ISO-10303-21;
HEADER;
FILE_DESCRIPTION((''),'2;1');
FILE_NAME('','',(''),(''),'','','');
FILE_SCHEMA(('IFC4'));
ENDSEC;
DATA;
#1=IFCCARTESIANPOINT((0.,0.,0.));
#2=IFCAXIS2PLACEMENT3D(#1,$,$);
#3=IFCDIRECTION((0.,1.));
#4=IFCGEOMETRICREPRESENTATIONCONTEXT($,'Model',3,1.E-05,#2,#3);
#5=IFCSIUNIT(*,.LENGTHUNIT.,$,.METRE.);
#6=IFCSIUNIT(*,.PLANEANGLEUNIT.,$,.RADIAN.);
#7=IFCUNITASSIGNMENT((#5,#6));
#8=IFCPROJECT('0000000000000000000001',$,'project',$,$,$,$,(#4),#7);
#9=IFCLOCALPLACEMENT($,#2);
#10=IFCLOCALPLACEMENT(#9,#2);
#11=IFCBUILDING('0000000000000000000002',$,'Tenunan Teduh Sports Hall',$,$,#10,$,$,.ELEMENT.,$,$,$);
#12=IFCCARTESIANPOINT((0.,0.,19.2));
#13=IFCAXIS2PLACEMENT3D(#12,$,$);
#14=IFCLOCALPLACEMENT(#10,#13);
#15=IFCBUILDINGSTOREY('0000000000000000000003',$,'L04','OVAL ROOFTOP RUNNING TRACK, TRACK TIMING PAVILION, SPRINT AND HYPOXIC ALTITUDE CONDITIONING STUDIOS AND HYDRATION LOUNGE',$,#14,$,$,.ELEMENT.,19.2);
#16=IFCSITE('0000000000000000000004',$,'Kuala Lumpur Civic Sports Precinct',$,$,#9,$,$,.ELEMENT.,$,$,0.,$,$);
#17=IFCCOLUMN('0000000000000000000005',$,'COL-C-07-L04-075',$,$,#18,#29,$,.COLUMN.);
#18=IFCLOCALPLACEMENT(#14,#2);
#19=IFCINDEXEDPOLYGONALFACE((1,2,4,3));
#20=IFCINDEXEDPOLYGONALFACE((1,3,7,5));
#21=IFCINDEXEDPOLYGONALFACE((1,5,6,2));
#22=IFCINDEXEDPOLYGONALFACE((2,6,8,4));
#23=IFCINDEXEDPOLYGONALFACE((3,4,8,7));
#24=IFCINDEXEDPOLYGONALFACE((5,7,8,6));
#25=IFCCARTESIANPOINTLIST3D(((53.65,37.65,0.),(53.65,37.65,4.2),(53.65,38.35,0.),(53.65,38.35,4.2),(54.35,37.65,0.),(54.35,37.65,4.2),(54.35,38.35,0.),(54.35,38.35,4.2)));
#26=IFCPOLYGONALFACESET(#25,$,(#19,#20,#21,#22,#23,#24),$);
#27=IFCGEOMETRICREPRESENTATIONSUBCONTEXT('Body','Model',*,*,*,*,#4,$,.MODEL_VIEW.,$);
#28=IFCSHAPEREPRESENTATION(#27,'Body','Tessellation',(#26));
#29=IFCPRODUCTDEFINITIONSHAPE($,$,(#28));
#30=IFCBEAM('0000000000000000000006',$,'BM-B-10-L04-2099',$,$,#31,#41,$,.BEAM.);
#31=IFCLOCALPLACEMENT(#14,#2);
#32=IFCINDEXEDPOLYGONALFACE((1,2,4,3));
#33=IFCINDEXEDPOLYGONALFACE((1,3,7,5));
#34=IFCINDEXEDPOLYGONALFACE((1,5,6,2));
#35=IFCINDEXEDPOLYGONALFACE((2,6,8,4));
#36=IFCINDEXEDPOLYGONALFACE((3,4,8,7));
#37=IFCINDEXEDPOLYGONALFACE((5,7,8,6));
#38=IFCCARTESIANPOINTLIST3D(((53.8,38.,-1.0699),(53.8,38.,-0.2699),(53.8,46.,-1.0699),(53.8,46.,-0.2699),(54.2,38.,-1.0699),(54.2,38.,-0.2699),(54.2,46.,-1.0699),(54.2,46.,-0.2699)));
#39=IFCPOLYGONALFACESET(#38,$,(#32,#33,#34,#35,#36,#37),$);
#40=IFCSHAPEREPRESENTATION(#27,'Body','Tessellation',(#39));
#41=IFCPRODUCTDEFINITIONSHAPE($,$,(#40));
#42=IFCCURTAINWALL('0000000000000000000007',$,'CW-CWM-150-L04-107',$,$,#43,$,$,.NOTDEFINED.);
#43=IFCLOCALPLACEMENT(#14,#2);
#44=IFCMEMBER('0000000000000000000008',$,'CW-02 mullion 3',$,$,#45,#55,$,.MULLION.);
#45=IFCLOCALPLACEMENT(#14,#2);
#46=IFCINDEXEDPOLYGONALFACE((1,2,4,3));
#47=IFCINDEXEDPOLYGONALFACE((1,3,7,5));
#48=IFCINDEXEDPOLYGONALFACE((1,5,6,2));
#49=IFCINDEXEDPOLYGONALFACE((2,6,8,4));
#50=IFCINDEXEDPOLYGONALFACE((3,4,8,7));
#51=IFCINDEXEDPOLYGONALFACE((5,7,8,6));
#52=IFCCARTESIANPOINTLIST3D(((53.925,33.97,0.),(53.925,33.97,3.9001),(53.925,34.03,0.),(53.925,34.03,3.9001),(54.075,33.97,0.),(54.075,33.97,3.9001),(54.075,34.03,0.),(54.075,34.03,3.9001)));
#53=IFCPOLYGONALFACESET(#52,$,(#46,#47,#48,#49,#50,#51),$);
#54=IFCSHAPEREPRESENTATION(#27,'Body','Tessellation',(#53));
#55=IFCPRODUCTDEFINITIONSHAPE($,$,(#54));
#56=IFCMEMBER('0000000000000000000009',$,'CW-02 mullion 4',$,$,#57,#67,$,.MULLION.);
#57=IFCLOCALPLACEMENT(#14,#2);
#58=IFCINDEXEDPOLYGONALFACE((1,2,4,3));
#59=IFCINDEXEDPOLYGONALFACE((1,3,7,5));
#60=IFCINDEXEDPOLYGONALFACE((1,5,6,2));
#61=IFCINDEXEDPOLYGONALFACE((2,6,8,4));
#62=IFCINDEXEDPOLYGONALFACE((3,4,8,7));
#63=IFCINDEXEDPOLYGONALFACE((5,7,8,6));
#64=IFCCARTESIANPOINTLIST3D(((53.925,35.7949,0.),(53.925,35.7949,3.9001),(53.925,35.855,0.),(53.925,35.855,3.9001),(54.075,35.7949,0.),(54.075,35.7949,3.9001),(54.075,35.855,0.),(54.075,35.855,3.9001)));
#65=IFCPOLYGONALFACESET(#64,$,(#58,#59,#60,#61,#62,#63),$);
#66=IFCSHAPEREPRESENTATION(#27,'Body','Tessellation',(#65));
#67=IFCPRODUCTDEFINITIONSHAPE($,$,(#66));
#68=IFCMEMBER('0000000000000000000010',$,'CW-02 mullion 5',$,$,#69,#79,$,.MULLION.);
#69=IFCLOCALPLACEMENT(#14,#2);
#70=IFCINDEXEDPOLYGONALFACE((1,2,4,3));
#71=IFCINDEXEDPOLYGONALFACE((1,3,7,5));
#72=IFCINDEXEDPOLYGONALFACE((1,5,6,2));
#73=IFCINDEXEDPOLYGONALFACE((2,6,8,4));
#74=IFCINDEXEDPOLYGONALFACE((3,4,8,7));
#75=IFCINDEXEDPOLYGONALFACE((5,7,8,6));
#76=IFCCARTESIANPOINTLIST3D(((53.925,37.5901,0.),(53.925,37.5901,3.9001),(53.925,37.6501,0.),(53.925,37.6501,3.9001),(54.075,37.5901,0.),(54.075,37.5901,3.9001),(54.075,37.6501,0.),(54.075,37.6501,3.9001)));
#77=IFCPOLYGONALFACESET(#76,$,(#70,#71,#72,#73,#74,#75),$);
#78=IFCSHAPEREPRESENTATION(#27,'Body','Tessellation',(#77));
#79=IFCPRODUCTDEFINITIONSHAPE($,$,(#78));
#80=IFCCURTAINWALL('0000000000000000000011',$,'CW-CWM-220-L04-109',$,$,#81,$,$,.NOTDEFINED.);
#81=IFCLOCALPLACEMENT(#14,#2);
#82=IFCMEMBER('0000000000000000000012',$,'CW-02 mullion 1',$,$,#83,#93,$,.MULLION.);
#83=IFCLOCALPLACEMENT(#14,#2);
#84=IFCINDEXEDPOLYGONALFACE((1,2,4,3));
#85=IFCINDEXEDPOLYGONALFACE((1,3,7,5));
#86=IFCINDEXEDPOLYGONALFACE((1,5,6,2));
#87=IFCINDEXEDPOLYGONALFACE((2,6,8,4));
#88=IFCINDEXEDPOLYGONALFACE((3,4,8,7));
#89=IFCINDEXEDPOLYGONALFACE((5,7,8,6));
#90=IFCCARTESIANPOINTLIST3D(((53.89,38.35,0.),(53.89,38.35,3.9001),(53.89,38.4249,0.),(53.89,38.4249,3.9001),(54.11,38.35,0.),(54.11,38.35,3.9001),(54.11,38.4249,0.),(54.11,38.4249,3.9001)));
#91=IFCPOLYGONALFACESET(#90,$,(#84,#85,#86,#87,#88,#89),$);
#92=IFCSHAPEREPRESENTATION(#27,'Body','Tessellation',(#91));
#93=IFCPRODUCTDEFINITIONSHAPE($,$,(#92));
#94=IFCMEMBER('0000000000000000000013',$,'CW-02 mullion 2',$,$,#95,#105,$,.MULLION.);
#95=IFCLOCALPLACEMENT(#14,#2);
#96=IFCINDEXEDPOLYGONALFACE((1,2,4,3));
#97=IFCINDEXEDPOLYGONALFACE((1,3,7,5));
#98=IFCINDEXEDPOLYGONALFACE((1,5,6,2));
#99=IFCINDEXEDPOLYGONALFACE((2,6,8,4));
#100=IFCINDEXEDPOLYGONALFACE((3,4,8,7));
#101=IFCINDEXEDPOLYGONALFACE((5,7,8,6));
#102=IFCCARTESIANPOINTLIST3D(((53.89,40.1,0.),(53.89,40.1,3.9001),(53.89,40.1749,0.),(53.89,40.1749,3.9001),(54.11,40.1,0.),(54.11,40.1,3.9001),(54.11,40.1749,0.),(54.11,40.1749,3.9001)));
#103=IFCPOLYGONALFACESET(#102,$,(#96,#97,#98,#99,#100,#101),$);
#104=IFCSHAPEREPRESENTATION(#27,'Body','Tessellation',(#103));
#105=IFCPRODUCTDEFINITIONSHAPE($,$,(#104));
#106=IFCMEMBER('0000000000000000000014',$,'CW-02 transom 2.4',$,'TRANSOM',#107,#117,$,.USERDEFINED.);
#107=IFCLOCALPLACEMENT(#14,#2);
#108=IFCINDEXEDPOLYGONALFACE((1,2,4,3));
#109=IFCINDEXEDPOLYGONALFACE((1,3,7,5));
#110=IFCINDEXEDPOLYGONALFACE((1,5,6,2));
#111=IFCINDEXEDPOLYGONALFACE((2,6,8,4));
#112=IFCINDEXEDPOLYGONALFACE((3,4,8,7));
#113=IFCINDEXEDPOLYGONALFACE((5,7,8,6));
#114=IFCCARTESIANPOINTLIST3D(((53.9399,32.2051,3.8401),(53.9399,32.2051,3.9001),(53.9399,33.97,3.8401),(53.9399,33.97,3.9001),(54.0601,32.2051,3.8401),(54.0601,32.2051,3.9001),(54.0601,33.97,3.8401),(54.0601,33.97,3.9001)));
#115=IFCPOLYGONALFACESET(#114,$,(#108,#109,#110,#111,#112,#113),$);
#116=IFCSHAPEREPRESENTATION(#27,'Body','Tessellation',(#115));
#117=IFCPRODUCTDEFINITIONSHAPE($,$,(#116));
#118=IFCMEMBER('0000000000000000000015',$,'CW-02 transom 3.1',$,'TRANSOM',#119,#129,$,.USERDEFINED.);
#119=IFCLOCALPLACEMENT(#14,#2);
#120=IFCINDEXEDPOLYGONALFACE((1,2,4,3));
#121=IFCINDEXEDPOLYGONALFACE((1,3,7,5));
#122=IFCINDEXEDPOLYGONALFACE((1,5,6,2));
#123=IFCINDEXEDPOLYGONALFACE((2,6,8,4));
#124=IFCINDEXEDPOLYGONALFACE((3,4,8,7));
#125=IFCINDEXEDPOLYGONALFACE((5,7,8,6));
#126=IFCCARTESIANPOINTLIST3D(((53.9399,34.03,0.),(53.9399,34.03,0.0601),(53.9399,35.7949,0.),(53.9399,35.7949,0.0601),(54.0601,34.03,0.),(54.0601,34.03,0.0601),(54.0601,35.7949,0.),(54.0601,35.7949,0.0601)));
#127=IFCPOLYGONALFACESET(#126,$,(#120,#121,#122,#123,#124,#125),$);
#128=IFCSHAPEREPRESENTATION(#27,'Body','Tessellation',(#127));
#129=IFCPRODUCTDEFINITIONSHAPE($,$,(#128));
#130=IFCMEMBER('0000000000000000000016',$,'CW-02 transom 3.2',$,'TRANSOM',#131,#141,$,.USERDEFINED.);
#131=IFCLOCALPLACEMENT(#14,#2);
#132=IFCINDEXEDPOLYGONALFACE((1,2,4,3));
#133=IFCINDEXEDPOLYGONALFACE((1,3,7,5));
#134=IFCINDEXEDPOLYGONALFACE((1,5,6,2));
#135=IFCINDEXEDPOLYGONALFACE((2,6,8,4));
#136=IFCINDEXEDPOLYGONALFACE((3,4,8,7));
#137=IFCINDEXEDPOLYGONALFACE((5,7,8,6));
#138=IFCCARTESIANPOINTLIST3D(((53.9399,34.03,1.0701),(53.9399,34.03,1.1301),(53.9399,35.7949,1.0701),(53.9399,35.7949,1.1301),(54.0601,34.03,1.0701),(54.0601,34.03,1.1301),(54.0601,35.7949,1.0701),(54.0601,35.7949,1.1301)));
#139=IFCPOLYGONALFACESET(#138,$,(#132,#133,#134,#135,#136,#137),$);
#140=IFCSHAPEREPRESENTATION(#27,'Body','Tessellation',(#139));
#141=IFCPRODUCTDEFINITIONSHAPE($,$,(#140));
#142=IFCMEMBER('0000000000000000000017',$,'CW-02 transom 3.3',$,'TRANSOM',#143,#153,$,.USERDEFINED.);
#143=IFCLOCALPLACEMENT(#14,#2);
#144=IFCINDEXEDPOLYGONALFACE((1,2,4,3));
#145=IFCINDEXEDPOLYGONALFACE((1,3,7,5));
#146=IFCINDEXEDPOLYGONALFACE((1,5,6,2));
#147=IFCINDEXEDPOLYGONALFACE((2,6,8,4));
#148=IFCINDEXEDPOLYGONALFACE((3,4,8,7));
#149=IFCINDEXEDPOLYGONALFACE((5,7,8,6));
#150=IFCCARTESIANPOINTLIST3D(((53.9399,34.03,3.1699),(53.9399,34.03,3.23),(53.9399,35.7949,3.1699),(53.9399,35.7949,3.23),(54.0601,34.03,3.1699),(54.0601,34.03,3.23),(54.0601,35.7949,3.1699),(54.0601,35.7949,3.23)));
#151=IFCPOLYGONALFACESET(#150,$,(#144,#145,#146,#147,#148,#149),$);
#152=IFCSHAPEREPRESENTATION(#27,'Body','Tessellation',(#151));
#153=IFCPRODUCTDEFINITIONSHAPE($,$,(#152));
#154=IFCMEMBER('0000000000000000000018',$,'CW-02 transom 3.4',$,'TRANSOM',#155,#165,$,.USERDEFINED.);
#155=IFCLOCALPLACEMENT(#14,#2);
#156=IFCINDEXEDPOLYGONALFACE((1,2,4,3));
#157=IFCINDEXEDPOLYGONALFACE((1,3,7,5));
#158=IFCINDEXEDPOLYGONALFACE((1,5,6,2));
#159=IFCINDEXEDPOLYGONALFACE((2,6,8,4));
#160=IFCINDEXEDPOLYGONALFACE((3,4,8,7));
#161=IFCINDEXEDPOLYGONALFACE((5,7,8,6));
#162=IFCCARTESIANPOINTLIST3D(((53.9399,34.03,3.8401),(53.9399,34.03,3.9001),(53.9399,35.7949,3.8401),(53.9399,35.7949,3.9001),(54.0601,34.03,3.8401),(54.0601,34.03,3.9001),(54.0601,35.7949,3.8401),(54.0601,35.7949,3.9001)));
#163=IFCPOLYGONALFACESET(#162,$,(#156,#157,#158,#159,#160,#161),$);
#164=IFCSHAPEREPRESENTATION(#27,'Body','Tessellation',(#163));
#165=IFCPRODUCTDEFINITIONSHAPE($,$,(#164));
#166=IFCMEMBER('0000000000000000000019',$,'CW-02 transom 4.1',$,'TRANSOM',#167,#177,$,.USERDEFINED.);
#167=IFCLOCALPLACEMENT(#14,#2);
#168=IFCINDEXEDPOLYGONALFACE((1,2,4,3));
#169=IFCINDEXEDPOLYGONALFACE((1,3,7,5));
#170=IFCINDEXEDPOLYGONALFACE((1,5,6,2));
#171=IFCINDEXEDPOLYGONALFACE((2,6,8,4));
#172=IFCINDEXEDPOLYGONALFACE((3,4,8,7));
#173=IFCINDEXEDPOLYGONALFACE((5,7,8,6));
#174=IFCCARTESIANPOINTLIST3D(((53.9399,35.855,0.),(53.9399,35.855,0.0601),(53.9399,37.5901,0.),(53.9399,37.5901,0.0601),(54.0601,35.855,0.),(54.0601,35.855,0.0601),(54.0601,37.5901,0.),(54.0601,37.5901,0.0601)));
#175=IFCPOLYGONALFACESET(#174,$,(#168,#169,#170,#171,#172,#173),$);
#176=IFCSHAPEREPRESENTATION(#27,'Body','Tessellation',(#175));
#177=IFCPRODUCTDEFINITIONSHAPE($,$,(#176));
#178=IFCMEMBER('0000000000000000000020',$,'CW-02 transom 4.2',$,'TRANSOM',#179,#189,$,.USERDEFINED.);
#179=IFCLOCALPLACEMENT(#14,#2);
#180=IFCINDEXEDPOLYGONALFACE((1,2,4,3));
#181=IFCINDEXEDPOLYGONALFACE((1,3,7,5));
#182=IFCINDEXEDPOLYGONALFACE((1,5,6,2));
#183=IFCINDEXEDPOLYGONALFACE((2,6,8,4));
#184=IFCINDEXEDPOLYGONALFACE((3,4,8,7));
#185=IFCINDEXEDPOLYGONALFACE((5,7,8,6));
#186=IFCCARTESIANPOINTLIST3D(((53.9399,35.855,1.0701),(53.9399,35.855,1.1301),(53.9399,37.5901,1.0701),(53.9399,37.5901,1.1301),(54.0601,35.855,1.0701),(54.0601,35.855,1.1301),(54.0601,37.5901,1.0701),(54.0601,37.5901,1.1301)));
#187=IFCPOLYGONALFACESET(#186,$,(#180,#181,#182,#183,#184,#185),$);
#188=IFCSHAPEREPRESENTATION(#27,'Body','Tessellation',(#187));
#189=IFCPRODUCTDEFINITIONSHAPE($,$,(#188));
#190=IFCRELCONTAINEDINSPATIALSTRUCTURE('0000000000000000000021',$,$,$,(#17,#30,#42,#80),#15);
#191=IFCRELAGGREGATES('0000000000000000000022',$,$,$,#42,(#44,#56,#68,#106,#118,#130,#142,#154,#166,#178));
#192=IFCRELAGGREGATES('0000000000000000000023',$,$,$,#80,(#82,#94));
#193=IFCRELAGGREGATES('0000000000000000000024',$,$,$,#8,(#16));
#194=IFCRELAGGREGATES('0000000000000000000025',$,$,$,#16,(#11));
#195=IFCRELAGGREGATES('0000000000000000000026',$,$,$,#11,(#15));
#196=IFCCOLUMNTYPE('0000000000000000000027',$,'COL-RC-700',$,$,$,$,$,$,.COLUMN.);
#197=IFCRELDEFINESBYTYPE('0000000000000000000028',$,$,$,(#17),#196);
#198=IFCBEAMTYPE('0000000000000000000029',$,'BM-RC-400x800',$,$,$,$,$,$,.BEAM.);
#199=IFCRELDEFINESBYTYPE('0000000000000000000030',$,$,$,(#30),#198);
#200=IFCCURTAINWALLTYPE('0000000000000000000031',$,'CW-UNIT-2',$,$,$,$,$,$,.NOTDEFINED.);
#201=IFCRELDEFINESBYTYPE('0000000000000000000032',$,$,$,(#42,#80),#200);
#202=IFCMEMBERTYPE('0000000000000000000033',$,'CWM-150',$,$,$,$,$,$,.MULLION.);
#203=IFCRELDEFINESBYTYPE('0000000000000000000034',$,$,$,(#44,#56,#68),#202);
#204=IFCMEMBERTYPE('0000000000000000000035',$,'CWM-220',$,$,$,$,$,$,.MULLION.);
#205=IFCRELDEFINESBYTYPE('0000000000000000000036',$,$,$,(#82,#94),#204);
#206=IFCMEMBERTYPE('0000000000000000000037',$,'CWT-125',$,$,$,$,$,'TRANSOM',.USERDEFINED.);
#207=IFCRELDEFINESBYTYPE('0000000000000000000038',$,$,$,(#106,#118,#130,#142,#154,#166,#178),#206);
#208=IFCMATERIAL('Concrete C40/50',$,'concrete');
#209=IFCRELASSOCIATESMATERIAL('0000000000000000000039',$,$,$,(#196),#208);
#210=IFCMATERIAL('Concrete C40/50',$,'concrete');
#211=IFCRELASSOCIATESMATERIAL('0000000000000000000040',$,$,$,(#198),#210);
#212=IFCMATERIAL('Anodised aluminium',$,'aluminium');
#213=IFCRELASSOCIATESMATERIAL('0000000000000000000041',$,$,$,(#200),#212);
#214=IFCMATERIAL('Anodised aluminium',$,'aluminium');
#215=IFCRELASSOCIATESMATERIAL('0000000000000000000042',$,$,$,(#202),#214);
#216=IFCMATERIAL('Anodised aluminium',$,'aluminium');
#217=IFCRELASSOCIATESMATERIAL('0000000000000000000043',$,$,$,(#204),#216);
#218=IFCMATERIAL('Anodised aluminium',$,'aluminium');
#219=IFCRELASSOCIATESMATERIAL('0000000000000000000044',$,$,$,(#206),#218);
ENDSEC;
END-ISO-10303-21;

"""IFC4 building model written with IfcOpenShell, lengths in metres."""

from ifc_helpers import new_model, si_unit, direction, frame, origin, origin_2d, place, context, subcontext, project, spatial, rectangle, extrude, material, material_profile, profile_set, type_object, element, aggregate, save


model = new_model("IFC4")

# Units and contexts
model_context = context("Model", 3, precision=1e-05, world=origin(), true_north=direction((0.0, 1.0)))
body_context = subcontext(model_context, "Body", "Model", "MODEL_VIEW")
ifc_project = project(units=[si_unit("LENGTHUNIT", "METRE"), si_unit("PLANEANGLEUNIT", "RADIAN")], contexts=[model_context])

# Site, building, storey
site_placement = place(None, origin())
site = spatial("IfcSite", under=ifc_project, at=site_placement, Name="Kuala Lumpur Civic Sports Precinct", CompositionType="ELEMENT", RefElevation=0.0)
building_placement = place(site_placement, origin())
building = spatial("IfcBuilding", under=site, at=building_placement, Name="Tenunan Teduh Sports Hall", CompositionType="ELEMENT")
storey_placement = place(building_placement, frame((0.0, 0.0, 19.2)))
storey = spatial("IfcBuildingStorey", under=building, at=storey_placement, Name="L04", Description="OVAL ROOFTOP RUNNING TRACK, TRACK TIMING PAVILION, SPRINT AND HYPOXIC ALTITUDE CONDITIONING STUDIOS AND HYDRATION LOUNGE", CompositionType="ELEMENT", Elevation=19.2)

# Column
ifc_material_1 = material(Name="Concrete C40/50", Category="concrete")
ifc_material_profile_1 = material_profile(ifc_material_1, rectangle(XDim=0.7, YDim=0.7, at=origin_2d()), Name="RC 700x700")
ifc_profile_set_1 = profile_set([ifc_material_profile_1], Name="Concrete C40/50")
column_type = type_object("IfcColumnType", Name="COL-RC-700", PredefinedType="COLUMN", material=ifc_profile_set_1)
column_placement = place(storey_placement, frame((54.0, 38.0, 0.0), z_axis=(0.0, 0.0, 1.0), x_axis=(1.0, 0.0, 0.0)))
element("IfcColumn", 1, at=column_placement, inside=storey, type_object=column_type, Name="COL-C-07-L04-075", PredefinedType="COLUMN", context=body_context, shape_type="SweptSolid", body=[
    extrude(rectangle(XDim=0.7, YDim=0.7, at=origin_2d()), origin(), (0.0, 0.0, 1.0), 4.2),
])

# Beam
ifc_material_2 = material(Name="Concrete C40/50", Category="concrete")
ifc_material_profile_2 = material_profile(ifc_material_2, rectangle(XDim=0.3999, YDim=0.8, at=origin_2d()), Name="RCB 400x800")
ifc_profile_set_2 = profile_set([ifc_material_profile_2], Name="Concrete C40/50")
beam_type = type_object("IfcBeamType", Name="BM-RC-400x800", PredefinedType="BEAM", material=ifc_profile_set_2)
beam_placement = place(storey_placement, frame((54.0, 38.0, -0.6699), z_axis=(0.0, 1.0, 0.0), x_axis=(-1.0, 0.0, 0.0)))
element("IfcBeam", 2, at=beam_placement, inside=storey, type_object=beam_type, Name="BM-B-10-L04-2099", PredefinedType="BEAM", context=body_context, shape_type="SweptSolid", body=[
    extrude(rectangle(XDim=0.3999, YDim=0.8, at=origin_2d()), origin(), (0.0, 0.0, 1.0), 8.0),
])

# Curtain walls, members
ifc_material_3 = material(Name="Anodised aluminium", Category="aluminium")
curtain_wall_type = type_object("IfcCurtainWallType", Name="CW-UNIT-2", PredefinedType="NOTDEFINED", material=ifc_material_3)
curtain_wall_1_placement = place(storey_placement, origin())
curtain_wall_1 = element("IfcCurtainWall", 3, at=curtain_wall_1_placement, inside=storey, type_object=curtain_wall_type, Name="CW-CWM-150-L04-107", PredefinedType="NOTDEFINED")
ifc_material_4 = material(Name="Anodised aluminium", Category="aluminium")
ifc_material_profile_3 = material_profile(ifc_material_4, rectangle(XDim=0.0601, YDim=0.1499, at=origin_2d()), Name="CWM 60x150")
ifc_profile_set_3 = profile_set([ifc_material_profile_3], Name="Anodised aluminium")
member_type_1 = type_object("IfcMemberType", Name="CWM-150", PredefinedType="MULLION", material=ifc_profile_set_3)
member_1_placement = place(storey_placement, frame((54.0, 34.0, 0.0), z_axis=(0.0, 0.0, 1.0), x_axis=(0.0, 1.0, 0.0)))
member_1 = element("IfcMember", 4, at=member_1_placement, type_object=member_type_1, Name="CW-02 mullion 3", PredefinedType="MULLION", context=body_context, shape_type="SweptSolid", body=[
    extrude(rectangle(XDim=0.0601, YDim=0.1499, at=origin_2d()), origin(), (0.0, 0.0, 1.0), 3.9001),
])
member_2_placement = place(storey_placement, frame((54.0, 35.825, 0.0), z_axis=(0.0, 0.0, 1.0), x_axis=(0.0, 1.0, 0.0)))
member_2 = element("IfcMember", 5, at=member_2_placement, type_object=member_type_1, Name="CW-02 mullion 4", PredefinedType="MULLION", context=body_context, shape_type="SweptSolid", body=[
    extrude(rectangle(XDim=0.0601, YDim=0.1499, at=origin_2d()), origin(), (0.0, 0.0, 1.0), 3.9001),
])
member_3_placement = place(storey_placement, frame((54.0, 37.6201, 0.0), z_axis=(0.0, 0.0, 1.0), x_axis=(0.0, 1.0, 0.0)))
member_3 = element("IfcMember", 6, at=member_3_placement, type_object=member_type_1, Name="CW-02 mullion 5", PredefinedType="MULLION", context=body_context, shape_type="SweptSolid", body=[
    extrude(rectangle(XDim=0.0601, YDim=0.1499, at=origin_2d()), origin(), (0.0, 0.0, 1.0), 3.9001),
])
curtain_wall_2_placement = place(storey_placement, origin())
curtain_wall_2 = element("IfcCurtainWall", 7, at=curtain_wall_2_placement, inside=storey, type_object=curtain_wall_type, Name="CW-CWM-220-L04-109", PredefinedType="NOTDEFINED")
ifc_material_5 = material(Name="Anodised aluminium", Category="aluminium")
ifc_material_profile_4 = material_profile(ifc_material_5, rectangle(XDim=0.075, YDim=0.22, at=origin_2d()), Name="CWM 75x220")
ifc_profile_set_4 = profile_set([ifc_material_profile_4], Name="Anodised aluminium")
member_type_2 = type_object("IfcMemberType", Name="CWM-220", PredefinedType="MULLION", material=ifc_profile_set_4)
member_4_placement = place(storey_placement, frame((54.0, 38.3875, 0.0), z_axis=(0.0, 0.0, 1.0), x_axis=(0.0, 1.0, 0.0)))
member_4 = element("IfcMember", 8, at=member_4_placement, type_object=member_type_2, Name="CW-02 mullion 1", PredefinedType="MULLION", context=body_context, shape_type="SweptSolid", body=[
    extrude(rectangle(XDim=0.075, YDim=0.22, at=origin_2d()), origin(), (0.0, 0.0, 1.0), 3.9001),
])
member_5_placement = place(storey_placement, frame((54.0, 40.1375, 0.0), z_axis=(0.0, 0.0, 1.0), x_axis=(0.0, 1.0, 0.0)))
member_5 = element("IfcMember", 9, at=member_5_placement, type_object=member_type_2, Name="CW-02 mullion 2", PredefinedType="MULLION", context=body_context, shape_type="SweptSolid", body=[
    extrude(rectangle(XDim=0.075, YDim=0.22, at=origin_2d()), origin(), (0.0, 0.0, 1.0), 3.9001),
])

# Members
ifc_material_6 = material(Name="Anodised aluminium", Category="aluminium")
ifc_material_profile_5 = material_profile(ifc_material_6, rectangle(XDim=0.0601, YDim=0.1201, at=origin_2d()), Name="CWT 60x120")
ifc_profile_set_5 = profile_set([ifc_material_profile_5], Name="Anodised aluminium")
member_type_3 = type_object("IfcMemberType", Name="CWT-125", ElementType="TRANSOM", PredefinedType="USERDEFINED", material=ifc_profile_set_5)
member_6_placement = place(storey_placement, frame((54.0, 32.2051, 3.8701), z_axis=(0.0, 1.0, 0.0), x_axis=(0.0, 0.0, 1.0)))
member_6 = element("IfcMember", 10, at=member_6_placement, type_object=member_type_3, Name="CW-02 transom 2.4", ObjectType="TRANSOM", PredefinedType="USERDEFINED", context=body_context, shape_type="SweptSolid", body=[
    extrude(rectangle(XDim=0.0601, YDim=0.1201, at=origin_2d()), origin(), (0.0, 0.0, 1.0), 1.7649),
])
member_7_placement = place(storey_placement, frame((54.0, 34.03, 0.03), z_axis=(0.0, 1.0, 0.0), x_axis=(0.0, 0.0, 1.0)))
member_7 = element("IfcMember", 11, at=member_7_placement, type_object=member_type_3, Name="CW-02 transom 3.1", ObjectType="TRANSOM", PredefinedType="USERDEFINED", context=body_context, shape_type="SweptSolid", body=[
    extrude(rectangle(XDim=0.0601, YDim=0.1201, at=origin_2d()), origin(), (0.0, 0.0, 1.0), 1.7649),
])
member_8_placement = place(storey_placement, frame((54.0, 34.03, 1.1001), z_axis=(0.0, 1.0, 0.0), x_axis=(0.0, 0.0, 1.0)))
member_8 = element("IfcMember", 12, at=member_8_placement, type_object=member_type_3, Name="CW-02 transom 3.2", ObjectType="TRANSOM", PredefinedType="USERDEFINED", context=body_context, shape_type="SweptSolid", body=[
    extrude(rectangle(XDim=0.0601, YDim=0.1201, at=origin_2d()), origin(), (0.0, 0.0, 1.0), 1.7649),
])
member_9_placement = place(storey_placement, frame((54.0, 34.03, 3.2), z_axis=(0.0, 1.0, 0.0), x_axis=(0.0, 0.0, 1.0)))
member_9 = element("IfcMember", 13, at=member_9_placement, type_object=member_type_3, Name="CW-02 transom 3.3", ObjectType="TRANSOM", PredefinedType="USERDEFINED", context=body_context, shape_type="SweptSolid", body=[
    extrude(rectangle(XDim=0.0601, YDim=0.1201, at=origin_2d()), origin(), (0.0, 0.0, 1.0), 1.7649),
])
member_10_placement = place(storey_placement, frame((54.0, 34.03, 3.8701), z_axis=(0.0, 1.0, 0.0), x_axis=(0.0, 0.0, 1.0)))
member_10 = element("IfcMember", 14, at=member_10_placement, type_object=member_type_3, Name="CW-02 transom 3.4", ObjectType="TRANSOM", PredefinedType="USERDEFINED", context=body_context, shape_type="SweptSolid", body=[
    extrude(rectangle(XDim=0.0601, YDim=0.1201, at=origin_2d()), origin(), (0.0, 0.0, 1.0), 1.7649),
])
member_11_placement = place(storey_placement, frame((54.0, 35.855, 0.03), z_axis=(0.0, 1.0, 0.0), x_axis=(0.0, 0.0, 1.0)))
member_11 = element("IfcMember", 15, at=member_11_placement, type_object=member_type_3, Name="CW-02 transom 4.1", ObjectType="TRANSOM", PredefinedType="USERDEFINED", context=body_context, shape_type="SweptSolid", body=[
    extrude(rectangle(XDim=0.0601, YDim=0.1201, at=origin_2d()), origin(), (0.0, 0.0, 1.0), 1.7351),
])
member_12_placement = place(storey_placement, frame((54.0, 35.855, 1.1001), z_axis=(0.0, 1.0, 0.0), x_axis=(0.0, 0.0, 1.0)))
member_12 = element("IfcMember", 16, at=member_12_placement, type_object=member_type_3, Name="CW-02 transom 4.2", ObjectType="TRANSOM", PredefinedType="USERDEFINED", context=body_context, shape_type="SweptSolid", body=[
    extrude(rectangle(XDim=0.0601, YDim=0.1201, at=origin_2d()), origin(), (0.0, 0.0, 1.0), 1.7351),
])

aggregate(curtain_wall_1, [member_1, member_2, member_3, member_6, member_7, member_8, member_9, member_10, member_11, member_12])
aggregate(curtain_wall_2, [member_4, member_5])

save(model, "model.ifc")
